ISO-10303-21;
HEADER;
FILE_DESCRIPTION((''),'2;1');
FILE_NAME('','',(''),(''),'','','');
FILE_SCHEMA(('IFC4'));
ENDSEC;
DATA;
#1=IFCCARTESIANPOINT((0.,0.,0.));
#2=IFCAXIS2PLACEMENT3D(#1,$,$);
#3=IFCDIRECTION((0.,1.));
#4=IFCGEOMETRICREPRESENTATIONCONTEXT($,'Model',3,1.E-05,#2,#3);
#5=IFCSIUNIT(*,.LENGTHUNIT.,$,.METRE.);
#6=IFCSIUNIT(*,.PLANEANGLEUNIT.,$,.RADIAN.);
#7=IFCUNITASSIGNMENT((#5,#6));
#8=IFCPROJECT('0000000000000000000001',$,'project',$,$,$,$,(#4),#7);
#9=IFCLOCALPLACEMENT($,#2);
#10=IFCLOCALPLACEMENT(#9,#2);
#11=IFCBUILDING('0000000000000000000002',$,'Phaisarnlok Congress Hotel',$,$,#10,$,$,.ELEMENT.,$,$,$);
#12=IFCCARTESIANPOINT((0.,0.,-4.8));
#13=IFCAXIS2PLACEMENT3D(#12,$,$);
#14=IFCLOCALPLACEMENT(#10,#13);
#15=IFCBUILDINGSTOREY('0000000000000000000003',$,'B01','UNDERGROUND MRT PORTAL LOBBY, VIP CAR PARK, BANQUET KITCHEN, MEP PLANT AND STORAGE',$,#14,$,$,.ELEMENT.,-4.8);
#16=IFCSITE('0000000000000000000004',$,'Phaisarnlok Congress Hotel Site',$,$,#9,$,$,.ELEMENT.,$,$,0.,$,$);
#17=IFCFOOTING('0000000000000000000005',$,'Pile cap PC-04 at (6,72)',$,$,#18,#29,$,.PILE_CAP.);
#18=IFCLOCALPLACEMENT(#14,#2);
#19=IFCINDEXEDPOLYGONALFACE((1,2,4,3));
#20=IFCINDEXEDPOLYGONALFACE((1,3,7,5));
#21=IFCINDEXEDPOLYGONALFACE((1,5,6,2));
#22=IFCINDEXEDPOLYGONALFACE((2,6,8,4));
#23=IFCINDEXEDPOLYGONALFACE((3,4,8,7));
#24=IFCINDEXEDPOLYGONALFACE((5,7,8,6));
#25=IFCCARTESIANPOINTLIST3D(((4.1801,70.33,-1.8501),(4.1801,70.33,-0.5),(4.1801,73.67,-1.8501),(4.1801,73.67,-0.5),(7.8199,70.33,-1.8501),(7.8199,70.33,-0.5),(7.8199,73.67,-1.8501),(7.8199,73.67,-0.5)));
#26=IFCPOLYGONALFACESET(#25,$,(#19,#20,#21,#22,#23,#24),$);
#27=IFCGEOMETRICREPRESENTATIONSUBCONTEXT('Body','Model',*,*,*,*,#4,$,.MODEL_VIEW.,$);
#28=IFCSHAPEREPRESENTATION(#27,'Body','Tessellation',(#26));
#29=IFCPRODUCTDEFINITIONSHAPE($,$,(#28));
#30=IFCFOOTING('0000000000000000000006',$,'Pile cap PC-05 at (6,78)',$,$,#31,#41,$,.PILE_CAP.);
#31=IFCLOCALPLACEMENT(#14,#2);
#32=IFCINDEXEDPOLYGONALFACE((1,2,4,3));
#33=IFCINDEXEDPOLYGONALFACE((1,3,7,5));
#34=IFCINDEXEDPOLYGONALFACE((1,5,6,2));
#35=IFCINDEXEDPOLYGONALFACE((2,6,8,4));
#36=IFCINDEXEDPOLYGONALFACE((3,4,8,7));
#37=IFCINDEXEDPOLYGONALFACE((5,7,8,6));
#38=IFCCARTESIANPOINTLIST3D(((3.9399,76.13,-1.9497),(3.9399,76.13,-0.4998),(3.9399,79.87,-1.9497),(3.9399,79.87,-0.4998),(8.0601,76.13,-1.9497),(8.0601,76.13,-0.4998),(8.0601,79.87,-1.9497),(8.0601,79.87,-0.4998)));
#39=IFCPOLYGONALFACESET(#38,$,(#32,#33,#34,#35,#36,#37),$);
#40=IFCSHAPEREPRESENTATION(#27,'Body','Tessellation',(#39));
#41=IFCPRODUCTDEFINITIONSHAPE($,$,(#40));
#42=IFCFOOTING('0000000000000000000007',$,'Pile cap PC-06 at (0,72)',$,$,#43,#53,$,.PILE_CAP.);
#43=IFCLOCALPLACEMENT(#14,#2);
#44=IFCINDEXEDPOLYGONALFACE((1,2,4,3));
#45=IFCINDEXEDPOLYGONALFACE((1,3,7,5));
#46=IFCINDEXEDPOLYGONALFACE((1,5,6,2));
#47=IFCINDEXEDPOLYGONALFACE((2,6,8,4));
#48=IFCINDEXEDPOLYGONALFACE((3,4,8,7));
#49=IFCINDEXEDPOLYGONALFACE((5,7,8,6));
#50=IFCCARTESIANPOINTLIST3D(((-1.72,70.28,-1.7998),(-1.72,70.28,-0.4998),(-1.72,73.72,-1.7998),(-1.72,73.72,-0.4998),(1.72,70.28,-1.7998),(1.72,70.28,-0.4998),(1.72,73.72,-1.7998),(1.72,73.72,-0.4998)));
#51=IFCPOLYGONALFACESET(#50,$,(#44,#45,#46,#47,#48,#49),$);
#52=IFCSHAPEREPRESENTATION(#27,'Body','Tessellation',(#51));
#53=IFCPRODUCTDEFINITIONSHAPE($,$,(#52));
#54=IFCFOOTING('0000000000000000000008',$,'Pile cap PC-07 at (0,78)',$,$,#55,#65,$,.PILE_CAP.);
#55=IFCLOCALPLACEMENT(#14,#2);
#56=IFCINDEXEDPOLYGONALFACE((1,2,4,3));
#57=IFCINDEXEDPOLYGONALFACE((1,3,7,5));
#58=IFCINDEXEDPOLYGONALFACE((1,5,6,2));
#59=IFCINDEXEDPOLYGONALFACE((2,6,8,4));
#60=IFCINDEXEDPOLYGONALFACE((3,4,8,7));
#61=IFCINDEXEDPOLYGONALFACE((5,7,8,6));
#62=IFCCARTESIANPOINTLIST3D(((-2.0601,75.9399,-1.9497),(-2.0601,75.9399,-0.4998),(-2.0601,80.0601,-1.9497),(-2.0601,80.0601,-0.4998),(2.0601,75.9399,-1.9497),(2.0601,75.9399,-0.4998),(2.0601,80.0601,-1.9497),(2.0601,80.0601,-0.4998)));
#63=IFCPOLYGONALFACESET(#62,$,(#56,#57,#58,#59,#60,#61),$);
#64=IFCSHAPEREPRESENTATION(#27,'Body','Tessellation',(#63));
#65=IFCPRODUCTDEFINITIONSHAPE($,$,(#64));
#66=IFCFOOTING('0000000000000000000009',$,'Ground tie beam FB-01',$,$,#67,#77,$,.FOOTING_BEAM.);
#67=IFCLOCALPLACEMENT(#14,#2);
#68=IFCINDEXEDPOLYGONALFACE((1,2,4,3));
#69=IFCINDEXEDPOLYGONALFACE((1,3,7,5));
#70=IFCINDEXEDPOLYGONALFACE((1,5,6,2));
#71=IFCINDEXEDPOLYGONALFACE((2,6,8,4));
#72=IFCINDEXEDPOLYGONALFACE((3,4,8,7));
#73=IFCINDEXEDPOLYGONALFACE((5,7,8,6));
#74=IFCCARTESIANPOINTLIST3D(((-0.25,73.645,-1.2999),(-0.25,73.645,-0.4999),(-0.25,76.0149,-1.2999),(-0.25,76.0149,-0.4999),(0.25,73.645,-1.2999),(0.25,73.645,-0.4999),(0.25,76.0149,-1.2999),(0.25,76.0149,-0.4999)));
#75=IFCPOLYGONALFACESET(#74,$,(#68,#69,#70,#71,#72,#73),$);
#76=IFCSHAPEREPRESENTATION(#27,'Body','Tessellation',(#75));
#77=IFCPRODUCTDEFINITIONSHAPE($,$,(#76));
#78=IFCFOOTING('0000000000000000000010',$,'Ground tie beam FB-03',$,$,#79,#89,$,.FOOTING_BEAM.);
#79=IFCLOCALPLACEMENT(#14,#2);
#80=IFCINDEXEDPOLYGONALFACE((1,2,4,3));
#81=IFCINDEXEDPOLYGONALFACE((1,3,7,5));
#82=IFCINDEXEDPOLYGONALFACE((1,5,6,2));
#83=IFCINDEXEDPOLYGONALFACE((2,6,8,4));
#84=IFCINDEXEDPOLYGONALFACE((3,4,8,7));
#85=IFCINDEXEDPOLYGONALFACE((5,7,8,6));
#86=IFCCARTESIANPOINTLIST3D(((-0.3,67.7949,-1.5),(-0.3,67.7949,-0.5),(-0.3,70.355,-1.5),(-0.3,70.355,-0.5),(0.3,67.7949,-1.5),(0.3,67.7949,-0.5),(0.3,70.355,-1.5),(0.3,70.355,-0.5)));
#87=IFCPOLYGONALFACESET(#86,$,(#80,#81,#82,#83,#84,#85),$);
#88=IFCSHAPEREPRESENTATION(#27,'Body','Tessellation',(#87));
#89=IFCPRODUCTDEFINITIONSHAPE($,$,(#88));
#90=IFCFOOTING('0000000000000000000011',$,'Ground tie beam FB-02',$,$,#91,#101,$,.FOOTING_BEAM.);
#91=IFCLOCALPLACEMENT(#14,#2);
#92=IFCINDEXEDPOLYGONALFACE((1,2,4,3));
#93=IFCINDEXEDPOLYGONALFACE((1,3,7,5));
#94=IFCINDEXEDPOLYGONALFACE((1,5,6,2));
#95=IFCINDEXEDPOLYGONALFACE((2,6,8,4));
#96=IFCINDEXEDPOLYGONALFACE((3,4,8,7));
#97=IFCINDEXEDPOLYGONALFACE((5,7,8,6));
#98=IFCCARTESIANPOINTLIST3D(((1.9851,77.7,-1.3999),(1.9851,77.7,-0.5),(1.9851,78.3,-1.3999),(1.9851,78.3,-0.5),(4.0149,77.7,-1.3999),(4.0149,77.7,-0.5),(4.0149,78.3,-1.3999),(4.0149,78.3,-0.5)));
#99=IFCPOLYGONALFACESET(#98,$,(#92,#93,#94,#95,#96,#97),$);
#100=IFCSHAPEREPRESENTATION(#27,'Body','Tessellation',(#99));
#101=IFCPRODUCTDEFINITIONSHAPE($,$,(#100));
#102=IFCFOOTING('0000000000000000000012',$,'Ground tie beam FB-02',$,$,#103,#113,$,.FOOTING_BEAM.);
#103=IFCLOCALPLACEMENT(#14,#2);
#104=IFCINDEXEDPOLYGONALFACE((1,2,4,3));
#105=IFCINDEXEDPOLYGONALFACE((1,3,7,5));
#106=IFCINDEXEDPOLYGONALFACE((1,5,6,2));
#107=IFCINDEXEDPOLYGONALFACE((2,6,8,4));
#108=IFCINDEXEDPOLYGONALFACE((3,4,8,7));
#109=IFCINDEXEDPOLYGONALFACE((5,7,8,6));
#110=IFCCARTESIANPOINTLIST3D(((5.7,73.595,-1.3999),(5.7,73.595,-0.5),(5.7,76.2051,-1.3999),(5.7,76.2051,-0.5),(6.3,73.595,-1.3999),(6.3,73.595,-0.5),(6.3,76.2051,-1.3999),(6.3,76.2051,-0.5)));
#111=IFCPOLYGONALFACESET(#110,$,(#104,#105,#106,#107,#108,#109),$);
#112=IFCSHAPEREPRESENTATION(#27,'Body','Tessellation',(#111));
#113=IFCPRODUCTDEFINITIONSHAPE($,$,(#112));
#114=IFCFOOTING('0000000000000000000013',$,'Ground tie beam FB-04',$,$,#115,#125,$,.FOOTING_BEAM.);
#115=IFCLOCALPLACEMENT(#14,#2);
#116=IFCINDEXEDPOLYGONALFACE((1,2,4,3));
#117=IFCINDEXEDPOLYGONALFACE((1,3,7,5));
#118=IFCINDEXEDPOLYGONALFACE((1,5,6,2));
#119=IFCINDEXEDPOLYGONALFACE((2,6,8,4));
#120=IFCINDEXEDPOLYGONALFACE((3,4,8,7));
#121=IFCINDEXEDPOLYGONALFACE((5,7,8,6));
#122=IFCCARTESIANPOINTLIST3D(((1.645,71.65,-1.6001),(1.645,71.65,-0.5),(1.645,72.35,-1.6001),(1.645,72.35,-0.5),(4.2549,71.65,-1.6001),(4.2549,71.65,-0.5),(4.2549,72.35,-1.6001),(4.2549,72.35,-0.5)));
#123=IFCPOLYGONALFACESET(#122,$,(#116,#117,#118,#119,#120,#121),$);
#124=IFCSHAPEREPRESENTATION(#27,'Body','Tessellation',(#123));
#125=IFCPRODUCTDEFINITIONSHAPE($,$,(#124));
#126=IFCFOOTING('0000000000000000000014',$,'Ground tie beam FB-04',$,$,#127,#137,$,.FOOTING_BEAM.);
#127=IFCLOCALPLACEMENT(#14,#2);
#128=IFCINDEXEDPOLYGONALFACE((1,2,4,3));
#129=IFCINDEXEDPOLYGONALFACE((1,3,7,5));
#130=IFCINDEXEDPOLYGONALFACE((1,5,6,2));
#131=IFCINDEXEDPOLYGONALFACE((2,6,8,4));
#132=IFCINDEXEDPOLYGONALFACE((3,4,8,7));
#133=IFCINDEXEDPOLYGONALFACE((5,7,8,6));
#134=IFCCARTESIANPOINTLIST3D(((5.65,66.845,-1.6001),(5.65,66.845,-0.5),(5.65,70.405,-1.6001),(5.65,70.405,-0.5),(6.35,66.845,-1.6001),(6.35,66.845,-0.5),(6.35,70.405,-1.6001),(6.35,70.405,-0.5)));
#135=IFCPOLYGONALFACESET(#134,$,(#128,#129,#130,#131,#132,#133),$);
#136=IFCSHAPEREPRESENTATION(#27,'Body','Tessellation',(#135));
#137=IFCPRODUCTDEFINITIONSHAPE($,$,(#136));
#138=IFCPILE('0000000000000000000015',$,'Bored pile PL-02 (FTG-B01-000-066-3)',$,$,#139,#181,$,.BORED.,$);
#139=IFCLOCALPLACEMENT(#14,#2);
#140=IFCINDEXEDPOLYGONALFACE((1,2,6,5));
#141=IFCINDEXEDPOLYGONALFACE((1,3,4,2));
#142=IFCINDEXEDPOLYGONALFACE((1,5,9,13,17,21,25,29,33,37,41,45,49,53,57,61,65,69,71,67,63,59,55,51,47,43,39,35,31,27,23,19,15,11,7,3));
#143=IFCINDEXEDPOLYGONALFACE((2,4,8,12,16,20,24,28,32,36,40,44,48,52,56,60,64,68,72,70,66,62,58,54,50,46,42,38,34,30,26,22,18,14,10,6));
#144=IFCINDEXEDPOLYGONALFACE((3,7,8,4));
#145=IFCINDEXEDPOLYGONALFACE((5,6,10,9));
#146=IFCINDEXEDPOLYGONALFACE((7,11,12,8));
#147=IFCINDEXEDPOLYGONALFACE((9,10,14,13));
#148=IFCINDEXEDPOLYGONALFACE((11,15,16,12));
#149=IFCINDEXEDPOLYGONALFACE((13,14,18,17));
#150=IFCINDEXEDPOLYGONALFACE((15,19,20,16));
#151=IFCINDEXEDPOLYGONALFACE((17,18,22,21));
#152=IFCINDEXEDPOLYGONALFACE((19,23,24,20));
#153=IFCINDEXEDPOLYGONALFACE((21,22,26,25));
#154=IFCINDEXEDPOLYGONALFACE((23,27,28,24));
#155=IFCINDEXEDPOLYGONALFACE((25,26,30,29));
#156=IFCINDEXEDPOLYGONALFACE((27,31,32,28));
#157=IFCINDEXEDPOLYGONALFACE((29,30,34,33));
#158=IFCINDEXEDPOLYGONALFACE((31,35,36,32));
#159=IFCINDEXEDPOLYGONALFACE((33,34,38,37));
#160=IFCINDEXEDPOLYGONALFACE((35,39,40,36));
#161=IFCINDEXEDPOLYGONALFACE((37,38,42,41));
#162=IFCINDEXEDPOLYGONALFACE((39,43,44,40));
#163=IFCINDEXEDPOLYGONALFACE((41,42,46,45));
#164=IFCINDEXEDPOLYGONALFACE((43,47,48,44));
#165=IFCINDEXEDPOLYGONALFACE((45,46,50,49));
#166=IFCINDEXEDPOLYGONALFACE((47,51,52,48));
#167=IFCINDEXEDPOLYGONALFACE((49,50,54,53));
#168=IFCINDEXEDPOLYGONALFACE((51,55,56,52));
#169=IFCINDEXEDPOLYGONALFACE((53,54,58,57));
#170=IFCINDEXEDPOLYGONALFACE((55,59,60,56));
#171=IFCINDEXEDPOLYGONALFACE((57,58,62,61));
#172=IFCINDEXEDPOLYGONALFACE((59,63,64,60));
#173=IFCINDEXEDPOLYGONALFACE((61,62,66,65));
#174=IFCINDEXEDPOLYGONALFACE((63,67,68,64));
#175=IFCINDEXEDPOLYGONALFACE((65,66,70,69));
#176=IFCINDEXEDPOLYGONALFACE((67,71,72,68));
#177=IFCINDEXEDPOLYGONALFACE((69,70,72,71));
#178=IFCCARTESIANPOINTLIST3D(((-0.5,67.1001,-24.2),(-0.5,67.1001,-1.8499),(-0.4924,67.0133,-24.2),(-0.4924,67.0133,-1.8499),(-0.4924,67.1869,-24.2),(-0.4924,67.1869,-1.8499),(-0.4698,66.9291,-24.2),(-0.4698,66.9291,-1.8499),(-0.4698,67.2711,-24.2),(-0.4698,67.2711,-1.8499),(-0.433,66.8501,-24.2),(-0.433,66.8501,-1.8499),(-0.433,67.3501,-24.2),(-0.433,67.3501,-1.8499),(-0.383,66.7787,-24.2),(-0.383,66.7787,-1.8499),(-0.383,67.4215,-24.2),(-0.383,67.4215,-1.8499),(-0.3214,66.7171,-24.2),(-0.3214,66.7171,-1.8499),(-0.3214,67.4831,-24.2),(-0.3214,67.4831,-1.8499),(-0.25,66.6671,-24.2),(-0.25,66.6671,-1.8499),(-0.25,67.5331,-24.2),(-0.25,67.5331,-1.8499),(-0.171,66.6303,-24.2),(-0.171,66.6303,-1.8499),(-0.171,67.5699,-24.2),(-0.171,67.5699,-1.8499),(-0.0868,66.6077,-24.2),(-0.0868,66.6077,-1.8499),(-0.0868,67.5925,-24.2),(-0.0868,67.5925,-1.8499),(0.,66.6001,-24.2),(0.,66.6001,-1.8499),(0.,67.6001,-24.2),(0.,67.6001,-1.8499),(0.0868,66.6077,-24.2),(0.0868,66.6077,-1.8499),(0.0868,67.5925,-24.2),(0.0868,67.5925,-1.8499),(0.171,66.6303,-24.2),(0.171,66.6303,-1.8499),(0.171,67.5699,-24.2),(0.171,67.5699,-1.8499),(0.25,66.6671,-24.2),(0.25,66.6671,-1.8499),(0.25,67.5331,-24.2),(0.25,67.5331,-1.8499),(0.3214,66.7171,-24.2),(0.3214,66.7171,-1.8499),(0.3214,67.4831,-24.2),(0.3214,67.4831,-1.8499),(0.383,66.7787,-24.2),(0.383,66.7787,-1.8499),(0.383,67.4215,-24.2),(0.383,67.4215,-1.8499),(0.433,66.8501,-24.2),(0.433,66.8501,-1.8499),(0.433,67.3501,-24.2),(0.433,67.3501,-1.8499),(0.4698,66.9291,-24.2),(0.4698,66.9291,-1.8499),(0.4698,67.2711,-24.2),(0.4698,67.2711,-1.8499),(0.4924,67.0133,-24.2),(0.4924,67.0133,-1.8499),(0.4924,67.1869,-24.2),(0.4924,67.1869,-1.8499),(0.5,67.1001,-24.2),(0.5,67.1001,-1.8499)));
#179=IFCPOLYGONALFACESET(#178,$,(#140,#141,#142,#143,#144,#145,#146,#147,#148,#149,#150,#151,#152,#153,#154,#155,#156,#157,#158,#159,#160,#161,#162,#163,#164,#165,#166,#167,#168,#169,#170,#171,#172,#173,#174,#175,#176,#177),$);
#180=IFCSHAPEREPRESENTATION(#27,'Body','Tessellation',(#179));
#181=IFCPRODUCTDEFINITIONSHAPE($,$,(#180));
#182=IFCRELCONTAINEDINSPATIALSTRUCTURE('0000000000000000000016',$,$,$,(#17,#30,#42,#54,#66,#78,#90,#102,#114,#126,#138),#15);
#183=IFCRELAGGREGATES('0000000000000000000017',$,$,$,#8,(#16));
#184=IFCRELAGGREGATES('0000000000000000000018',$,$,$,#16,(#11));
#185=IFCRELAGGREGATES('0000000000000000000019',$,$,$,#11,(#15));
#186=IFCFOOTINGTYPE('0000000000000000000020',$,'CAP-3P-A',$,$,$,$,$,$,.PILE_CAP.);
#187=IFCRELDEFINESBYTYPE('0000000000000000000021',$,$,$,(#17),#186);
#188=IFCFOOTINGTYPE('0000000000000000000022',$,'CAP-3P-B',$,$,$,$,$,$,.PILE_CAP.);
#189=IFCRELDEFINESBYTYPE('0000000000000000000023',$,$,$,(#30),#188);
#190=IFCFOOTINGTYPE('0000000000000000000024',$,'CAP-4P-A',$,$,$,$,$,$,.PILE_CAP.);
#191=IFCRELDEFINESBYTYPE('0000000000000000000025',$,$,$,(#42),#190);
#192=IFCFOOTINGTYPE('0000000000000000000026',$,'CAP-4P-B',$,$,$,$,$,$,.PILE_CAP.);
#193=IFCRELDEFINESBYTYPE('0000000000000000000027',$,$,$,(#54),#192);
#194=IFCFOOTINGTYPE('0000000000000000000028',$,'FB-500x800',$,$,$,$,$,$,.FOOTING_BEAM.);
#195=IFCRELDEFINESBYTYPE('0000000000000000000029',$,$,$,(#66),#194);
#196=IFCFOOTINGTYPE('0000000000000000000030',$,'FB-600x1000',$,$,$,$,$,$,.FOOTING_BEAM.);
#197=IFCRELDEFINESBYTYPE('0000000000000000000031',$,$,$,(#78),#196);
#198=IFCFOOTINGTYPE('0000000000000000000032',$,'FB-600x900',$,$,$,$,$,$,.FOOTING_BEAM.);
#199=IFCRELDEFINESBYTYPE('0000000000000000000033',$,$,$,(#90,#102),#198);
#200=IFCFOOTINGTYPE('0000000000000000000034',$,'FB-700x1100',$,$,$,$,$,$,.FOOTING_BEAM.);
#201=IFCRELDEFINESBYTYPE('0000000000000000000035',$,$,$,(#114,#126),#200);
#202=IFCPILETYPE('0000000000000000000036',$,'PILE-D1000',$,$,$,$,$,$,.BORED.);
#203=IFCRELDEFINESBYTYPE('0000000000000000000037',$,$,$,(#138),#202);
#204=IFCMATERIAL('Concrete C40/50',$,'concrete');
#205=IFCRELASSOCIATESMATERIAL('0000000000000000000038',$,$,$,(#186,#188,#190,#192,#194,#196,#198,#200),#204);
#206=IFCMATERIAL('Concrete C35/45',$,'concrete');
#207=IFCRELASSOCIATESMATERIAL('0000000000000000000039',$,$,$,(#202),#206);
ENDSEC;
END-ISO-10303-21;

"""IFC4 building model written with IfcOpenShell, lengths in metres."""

from ifc_helpers import new_model, si_unit, direction, frame, origin, origin_2d, place, context, subcontext, project, spatial, rectangle, circle, extrude, material, material_profile, profile_set, type_object, element, save


model = new_model("IFC4")

# Units and contexts
model_context = context("Model", 3, precision=1e-05, world=origin(), true_north=direction((0.0, 1.0)))
body_context = subcontext(model_context, "Body", "Model", "MODEL_VIEW")
ifc_project = project(units=[si_unit("LENGTHUNIT", "METRE"), si_unit("PLANEANGLEUNIT", "RADIAN")], contexts=[model_context])

# Site, building, storey
site_placement = place(None, origin())
site = spatial("IfcSite", under=ifc_project, at=site_placement, Name="Phaisarnlok Congress Hotel Site", CompositionType="ELEMENT", RefElevation=0.0)
building_placement = place(site_placement, origin())
building = spatial("IfcBuilding", under=site, at=building_placement, Name="Phaisarnlok Congress Hotel", CompositionType="ELEMENT")
storey_placement = place(building_placement, frame((0.0, 0.0, -4.8)))
storey = spatial("IfcBuildingStorey", under=building, at=storey_placement, Name="B01", Description="UNDERGROUND MRT PORTAL LOBBY, VIP CAR PARK, BANQUET KITCHEN, MEP PLANT AND STORAGE", CompositionType="ELEMENT", Elevation=-4.8)

# Footings
ifc_material_1 = material(Name="Concrete C40/50", Category="concrete")
footing_type_1 = type_object("IfcFootingType", Name="CAP-3P-A", PredefinedType="PILE_CAP", material=ifc_material_1)
footing_1_placement = place(storey_placement, frame((6.0, 72.0, -1.8501), z_axis=(0.0, 0.0, 1.0), x_axis=(1.0, 0.0, 0.0)))
element("IfcFooting", 1, at=footing_1_placement, inside=storey, type_object=footing_type_1, Name="Pile cap PC-04 at (6,72)", PredefinedType="PILE_CAP", context=body_context, shape_type="SweptSolid", body=[
    extrude(rectangle(XDim=3.6399, YDim=3.3401, at=origin_2d()), origin(), (0.0, 0.0, 1.0), 1.3501),
])
footing_type_2 = type_object("IfcFootingType", Name="CAP-3P-B", PredefinedType="PILE_CAP", material=ifc_material_1)
footing_2_placement = place(storey_placement, frame((6.0, 78.0, -1.9497), z_axis=(0.0, 0.0, 1.0), x_axis=(1.0, 0.0, 0.0)))
element("IfcFooting", 2, at=footing_2_placement, inside=storey, type_object=footing_type_2, Name="Pile cap PC-05 at (6,78)", PredefinedType="PILE_CAP", context=body_context, shape_type="SweptSolid", body=[
    extrude(rectangle(XDim=4.1201, YDim=3.74, at=origin_2d()), origin(), (0.0, 0.0, 1.0), 1.45),
])
footing_type_3 = type_object("IfcFootingType", Name="CAP-4P-A", PredefinedType="PILE_CAP", material=ifc_material_1)
footing_3_placement = place(storey_placement, frame((0.0, 72.0, -1.7998), z_axis=(0.0, 0.0, 1.0), x_axis=(1.0, 0.0, 0.0)))
element("IfcFooting", 3, at=footing_3_placement, inside=storey, type_object=footing_type_3, Name="Pile cap PC-06 at (0,72)", PredefinedType="PILE_CAP", context=body_context, shape_type="SweptSolid", body=[
    extrude(rectangle(XDim=3.4399, YDim=3.4399, at=origin_2d()), origin(), (0.0, 0.0, 1.0), 1.3),
])
footing_type_4 = type_object("IfcFootingType", Name="CAP-4P-B", PredefinedType="PILE_CAP", material=ifc_material_1)
footing_4_placement = place(storey_placement, frame((0.0, 78.0, -1.9497), z_axis=(0.0, 0.0, 1.0), x_axis=(1.0, 0.0, 0.0)))
element("IfcFooting", 4, at=footing_4_placement, inside=storey, type_object=footing_type_4, Name="Pile cap PC-07 at (0,78)", PredefinedType="PILE_CAP", context=body_context, shape_type="SweptSolid", body=[
    extrude(rectangle(XDim=4.1201, YDim=4.1201, at=origin_2d()), origin(), (0.0, 0.0, 1.0), 1.45),
])
ifc_material_profile_1 = material_profile(ifc_material_1, rectangle(XDim=0.5, YDim=0.8, at=origin_2d()), Name="FB-500x800")
ifc_profile_set_1 = profile_set([ifc_material_profile_1], Name="Concrete C40/50")
footing_type_5 = type_object("IfcFootingType", Name="FB-500x800", PredefinedType="FOOTING_BEAM", material=ifc_profile_set_1)
footing_5_placement = place(storey_placement, frame((0.0, 73.645, -0.8999), z_axis=(0.0, 1.0, 0.0), x_axis=(-1.0, 0.0, 0.0)))
element("IfcFooting", 5, at=footing_5_placement, inside=storey, type_object=footing_type_5, Name="Ground tie beam FB-01", PredefinedType="FOOTING_BEAM", context=body_context, shape_type="SweptSolid", body=[
    extrude(rectangle(XDim=0.5, YDim=0.8, at=origin_2d()), origin(), (0.0, 0.0, 1.0), 2.3699),
])
ifc_material_profile_2 = material_profile(ifc_material_1, rectangle(XDim=0.6001, YDim=1.0, at=origin_2d()), Name="FB-600x1000")
ifc_profile_set_2 = profile_set([ifc_material_profile_2], Name="Concrete C40/50")
footing_type_6 = type_object("IfcFootingType", Name="FB-600x1000", PredefinedType="FOOTING_BEAM", material=ifc_profile_set_2)
footing_6_placement = place(storey_placement, frame((0.0, 67.7949, -1.0), z_axis=(0.0, 1.0, 0.0), x_axis=(-1.0, 0.0, 0.0)))
element("IfcFooting", 6, at=footing_6_placement, inside=storey, type_object=footing_type_6, Name="Ground tie beam FB-03", PredefinedType="FOOTING_BEAM", context=body_context, shape_type="SweptSolid", body=[
    extrude(rectangle(XDim=0.6001, YDim=1.0, at=origin_2d()), origin(), (0.0, 0.0, 1.0), 2.5601),
])
ifc_material_profile_3 = material_profile(ifc_material_1, rectangle(XDim=0.6001, YDim=0.8999, at=origin_2d()), Name="FB-600x900")
ifc_profile_set_3 = profile_set([ifc_material_profile_3], Name="Concrete C40/50")
footing_type_7 = type_object("IfcFootingType", Name="FB-600x900", PredefinedType="FOOTING_BEAM", material=ifc_profile_set_3)
footing_7_placement = place(storey_placement, frame((1.9851, 78.0, -0.95), z_axis=(1.0, 0.0, 0.0), x_axis=(0.0, 1.0, 0.0)))
element("IfcFooting", 7, at=footing_7_placement, inside=storey, type_object=footing_type_7, Name="Ground tie beam FB-02", PredefinedType="FOOTING_BEAM", context=body_context, shape_type="SweptSolid", body=[
    extrude(rectangle(XDim=0.6001, YDim=0.8999, at=origin_2d()), origin(), (0.0, 0.0, 1.0), 2.0298),
])
footing_8_placement = place(storey_placement, frame((6.0, 73.595, -0.95), z_axis=(0.0, 1.0, 0.0), x_axis=(-1.0, 0.0, 0.0)))
element("IfcFooting", 8, at=footing_8_placement, inside=storey, type_object=footing_type_7, Name="Ground tie beam FB-02", PredefinedType="FOOTING_BEAM", context=body_context, shape_type="SweptSolid", body=[
    extrude(rectangle(XDim=0.6001, YDim=0.8999, at=origin_2d()), origin(), (0.0, 0.0, 1.0), 2.6101),
])
ifc_material_profile_4 = material_profile(ifc_material_1, rectangle(XDim=0.7, YDim=1.1001, at=origin_2d()), Name="FB-700x1100")
ifc_profile_set_4 = profile_set([ifc_material_profile_4], Name="Concrete C40/50")
footing_type_8 = type_object("IfcFootingType", Name="FB-700x1100", PredefinedType="FOOTING_BEAM", material=ifc_profile_set_4)
footing_9_placement = place(storey_placement, frame((1.645, 72.0, -1.05), z_axis=(1.0, 0.0, 0.0), x_axis=(0.0, 1.0, 0.0)))
element("IfcFooting", 9, at=footing_9_placement, inside=storey, type_object=footing_type_8, Name="Ground tie beam FB-04", PredefinedType="FOOTING_BEAM", context=body_context, shape_type="SweptSolid", body=[
    extrude(rectangle(XDim=0.7, YDim=1.1001, at=origin_2d()), origin(), (0.0, 0.0, 1.0), 2.6099),
])
footing_10_placement = place(storey_placement, frame((6.0, 66.845, -1.05), z_axis=(0.0, 1.0, 0.0), x_axis=(-1.0, 0.0, 0.0)))
element("IfcFooting", 10, at=footing_10_placement, inside=storey, type_object=footing_type_8, Name="Ground tie beam FB-04", PredefinedType="FOOTING_BEAM", context=body_context, shape_type="SweptSolid", body=[
    extrude(rectangle(XDim=0.7, YDim=1.1001, at=origin_2d()), origin(), (0.0, 0.0, 1.0), 3.5601),
])

# Pile
ifc_material_2 = material(Name="Concrete C35/45", Category="concrete")
ifc_material_profile_5 = material_profile(ifc_material_2, circle(Radius=0.5, at=origin_2d()), Name="BORED PILE D1000")
ifc_profile_set_5 = profile_set([ifc_material_profile_5], Name="Concrete C35/45")
pile_type_1 = type_object("IfcPileType", Name="PILE-D1000", PredefinedType="BORED", material=ifc_profile_set_5)
for number, where, z_axis, x_axis, name in (
    (11, (0.0, 67.1001, -1.8499), (0.0, 0.0, -1.0), (1.0, 0.0, 0.0), "Bored pile PL-02 (FTG-B01-000-066-3)"),
):
    element("IfcPile", number, at=place(storey_placement, frame(where, z_axis=z_axis, x_axis=x_axis)), inside=storey, type_object=pile_type_1, Name=name, PredefinedType="BORED", context=body_context, shape_type="SweptSolid", body=[
        extrude(circle(Radius=0.5, at=origin_2d()), origin(), (0.0, 0.0, 1.0), 22.3501),
    ])

save(model, "model.ifc")
